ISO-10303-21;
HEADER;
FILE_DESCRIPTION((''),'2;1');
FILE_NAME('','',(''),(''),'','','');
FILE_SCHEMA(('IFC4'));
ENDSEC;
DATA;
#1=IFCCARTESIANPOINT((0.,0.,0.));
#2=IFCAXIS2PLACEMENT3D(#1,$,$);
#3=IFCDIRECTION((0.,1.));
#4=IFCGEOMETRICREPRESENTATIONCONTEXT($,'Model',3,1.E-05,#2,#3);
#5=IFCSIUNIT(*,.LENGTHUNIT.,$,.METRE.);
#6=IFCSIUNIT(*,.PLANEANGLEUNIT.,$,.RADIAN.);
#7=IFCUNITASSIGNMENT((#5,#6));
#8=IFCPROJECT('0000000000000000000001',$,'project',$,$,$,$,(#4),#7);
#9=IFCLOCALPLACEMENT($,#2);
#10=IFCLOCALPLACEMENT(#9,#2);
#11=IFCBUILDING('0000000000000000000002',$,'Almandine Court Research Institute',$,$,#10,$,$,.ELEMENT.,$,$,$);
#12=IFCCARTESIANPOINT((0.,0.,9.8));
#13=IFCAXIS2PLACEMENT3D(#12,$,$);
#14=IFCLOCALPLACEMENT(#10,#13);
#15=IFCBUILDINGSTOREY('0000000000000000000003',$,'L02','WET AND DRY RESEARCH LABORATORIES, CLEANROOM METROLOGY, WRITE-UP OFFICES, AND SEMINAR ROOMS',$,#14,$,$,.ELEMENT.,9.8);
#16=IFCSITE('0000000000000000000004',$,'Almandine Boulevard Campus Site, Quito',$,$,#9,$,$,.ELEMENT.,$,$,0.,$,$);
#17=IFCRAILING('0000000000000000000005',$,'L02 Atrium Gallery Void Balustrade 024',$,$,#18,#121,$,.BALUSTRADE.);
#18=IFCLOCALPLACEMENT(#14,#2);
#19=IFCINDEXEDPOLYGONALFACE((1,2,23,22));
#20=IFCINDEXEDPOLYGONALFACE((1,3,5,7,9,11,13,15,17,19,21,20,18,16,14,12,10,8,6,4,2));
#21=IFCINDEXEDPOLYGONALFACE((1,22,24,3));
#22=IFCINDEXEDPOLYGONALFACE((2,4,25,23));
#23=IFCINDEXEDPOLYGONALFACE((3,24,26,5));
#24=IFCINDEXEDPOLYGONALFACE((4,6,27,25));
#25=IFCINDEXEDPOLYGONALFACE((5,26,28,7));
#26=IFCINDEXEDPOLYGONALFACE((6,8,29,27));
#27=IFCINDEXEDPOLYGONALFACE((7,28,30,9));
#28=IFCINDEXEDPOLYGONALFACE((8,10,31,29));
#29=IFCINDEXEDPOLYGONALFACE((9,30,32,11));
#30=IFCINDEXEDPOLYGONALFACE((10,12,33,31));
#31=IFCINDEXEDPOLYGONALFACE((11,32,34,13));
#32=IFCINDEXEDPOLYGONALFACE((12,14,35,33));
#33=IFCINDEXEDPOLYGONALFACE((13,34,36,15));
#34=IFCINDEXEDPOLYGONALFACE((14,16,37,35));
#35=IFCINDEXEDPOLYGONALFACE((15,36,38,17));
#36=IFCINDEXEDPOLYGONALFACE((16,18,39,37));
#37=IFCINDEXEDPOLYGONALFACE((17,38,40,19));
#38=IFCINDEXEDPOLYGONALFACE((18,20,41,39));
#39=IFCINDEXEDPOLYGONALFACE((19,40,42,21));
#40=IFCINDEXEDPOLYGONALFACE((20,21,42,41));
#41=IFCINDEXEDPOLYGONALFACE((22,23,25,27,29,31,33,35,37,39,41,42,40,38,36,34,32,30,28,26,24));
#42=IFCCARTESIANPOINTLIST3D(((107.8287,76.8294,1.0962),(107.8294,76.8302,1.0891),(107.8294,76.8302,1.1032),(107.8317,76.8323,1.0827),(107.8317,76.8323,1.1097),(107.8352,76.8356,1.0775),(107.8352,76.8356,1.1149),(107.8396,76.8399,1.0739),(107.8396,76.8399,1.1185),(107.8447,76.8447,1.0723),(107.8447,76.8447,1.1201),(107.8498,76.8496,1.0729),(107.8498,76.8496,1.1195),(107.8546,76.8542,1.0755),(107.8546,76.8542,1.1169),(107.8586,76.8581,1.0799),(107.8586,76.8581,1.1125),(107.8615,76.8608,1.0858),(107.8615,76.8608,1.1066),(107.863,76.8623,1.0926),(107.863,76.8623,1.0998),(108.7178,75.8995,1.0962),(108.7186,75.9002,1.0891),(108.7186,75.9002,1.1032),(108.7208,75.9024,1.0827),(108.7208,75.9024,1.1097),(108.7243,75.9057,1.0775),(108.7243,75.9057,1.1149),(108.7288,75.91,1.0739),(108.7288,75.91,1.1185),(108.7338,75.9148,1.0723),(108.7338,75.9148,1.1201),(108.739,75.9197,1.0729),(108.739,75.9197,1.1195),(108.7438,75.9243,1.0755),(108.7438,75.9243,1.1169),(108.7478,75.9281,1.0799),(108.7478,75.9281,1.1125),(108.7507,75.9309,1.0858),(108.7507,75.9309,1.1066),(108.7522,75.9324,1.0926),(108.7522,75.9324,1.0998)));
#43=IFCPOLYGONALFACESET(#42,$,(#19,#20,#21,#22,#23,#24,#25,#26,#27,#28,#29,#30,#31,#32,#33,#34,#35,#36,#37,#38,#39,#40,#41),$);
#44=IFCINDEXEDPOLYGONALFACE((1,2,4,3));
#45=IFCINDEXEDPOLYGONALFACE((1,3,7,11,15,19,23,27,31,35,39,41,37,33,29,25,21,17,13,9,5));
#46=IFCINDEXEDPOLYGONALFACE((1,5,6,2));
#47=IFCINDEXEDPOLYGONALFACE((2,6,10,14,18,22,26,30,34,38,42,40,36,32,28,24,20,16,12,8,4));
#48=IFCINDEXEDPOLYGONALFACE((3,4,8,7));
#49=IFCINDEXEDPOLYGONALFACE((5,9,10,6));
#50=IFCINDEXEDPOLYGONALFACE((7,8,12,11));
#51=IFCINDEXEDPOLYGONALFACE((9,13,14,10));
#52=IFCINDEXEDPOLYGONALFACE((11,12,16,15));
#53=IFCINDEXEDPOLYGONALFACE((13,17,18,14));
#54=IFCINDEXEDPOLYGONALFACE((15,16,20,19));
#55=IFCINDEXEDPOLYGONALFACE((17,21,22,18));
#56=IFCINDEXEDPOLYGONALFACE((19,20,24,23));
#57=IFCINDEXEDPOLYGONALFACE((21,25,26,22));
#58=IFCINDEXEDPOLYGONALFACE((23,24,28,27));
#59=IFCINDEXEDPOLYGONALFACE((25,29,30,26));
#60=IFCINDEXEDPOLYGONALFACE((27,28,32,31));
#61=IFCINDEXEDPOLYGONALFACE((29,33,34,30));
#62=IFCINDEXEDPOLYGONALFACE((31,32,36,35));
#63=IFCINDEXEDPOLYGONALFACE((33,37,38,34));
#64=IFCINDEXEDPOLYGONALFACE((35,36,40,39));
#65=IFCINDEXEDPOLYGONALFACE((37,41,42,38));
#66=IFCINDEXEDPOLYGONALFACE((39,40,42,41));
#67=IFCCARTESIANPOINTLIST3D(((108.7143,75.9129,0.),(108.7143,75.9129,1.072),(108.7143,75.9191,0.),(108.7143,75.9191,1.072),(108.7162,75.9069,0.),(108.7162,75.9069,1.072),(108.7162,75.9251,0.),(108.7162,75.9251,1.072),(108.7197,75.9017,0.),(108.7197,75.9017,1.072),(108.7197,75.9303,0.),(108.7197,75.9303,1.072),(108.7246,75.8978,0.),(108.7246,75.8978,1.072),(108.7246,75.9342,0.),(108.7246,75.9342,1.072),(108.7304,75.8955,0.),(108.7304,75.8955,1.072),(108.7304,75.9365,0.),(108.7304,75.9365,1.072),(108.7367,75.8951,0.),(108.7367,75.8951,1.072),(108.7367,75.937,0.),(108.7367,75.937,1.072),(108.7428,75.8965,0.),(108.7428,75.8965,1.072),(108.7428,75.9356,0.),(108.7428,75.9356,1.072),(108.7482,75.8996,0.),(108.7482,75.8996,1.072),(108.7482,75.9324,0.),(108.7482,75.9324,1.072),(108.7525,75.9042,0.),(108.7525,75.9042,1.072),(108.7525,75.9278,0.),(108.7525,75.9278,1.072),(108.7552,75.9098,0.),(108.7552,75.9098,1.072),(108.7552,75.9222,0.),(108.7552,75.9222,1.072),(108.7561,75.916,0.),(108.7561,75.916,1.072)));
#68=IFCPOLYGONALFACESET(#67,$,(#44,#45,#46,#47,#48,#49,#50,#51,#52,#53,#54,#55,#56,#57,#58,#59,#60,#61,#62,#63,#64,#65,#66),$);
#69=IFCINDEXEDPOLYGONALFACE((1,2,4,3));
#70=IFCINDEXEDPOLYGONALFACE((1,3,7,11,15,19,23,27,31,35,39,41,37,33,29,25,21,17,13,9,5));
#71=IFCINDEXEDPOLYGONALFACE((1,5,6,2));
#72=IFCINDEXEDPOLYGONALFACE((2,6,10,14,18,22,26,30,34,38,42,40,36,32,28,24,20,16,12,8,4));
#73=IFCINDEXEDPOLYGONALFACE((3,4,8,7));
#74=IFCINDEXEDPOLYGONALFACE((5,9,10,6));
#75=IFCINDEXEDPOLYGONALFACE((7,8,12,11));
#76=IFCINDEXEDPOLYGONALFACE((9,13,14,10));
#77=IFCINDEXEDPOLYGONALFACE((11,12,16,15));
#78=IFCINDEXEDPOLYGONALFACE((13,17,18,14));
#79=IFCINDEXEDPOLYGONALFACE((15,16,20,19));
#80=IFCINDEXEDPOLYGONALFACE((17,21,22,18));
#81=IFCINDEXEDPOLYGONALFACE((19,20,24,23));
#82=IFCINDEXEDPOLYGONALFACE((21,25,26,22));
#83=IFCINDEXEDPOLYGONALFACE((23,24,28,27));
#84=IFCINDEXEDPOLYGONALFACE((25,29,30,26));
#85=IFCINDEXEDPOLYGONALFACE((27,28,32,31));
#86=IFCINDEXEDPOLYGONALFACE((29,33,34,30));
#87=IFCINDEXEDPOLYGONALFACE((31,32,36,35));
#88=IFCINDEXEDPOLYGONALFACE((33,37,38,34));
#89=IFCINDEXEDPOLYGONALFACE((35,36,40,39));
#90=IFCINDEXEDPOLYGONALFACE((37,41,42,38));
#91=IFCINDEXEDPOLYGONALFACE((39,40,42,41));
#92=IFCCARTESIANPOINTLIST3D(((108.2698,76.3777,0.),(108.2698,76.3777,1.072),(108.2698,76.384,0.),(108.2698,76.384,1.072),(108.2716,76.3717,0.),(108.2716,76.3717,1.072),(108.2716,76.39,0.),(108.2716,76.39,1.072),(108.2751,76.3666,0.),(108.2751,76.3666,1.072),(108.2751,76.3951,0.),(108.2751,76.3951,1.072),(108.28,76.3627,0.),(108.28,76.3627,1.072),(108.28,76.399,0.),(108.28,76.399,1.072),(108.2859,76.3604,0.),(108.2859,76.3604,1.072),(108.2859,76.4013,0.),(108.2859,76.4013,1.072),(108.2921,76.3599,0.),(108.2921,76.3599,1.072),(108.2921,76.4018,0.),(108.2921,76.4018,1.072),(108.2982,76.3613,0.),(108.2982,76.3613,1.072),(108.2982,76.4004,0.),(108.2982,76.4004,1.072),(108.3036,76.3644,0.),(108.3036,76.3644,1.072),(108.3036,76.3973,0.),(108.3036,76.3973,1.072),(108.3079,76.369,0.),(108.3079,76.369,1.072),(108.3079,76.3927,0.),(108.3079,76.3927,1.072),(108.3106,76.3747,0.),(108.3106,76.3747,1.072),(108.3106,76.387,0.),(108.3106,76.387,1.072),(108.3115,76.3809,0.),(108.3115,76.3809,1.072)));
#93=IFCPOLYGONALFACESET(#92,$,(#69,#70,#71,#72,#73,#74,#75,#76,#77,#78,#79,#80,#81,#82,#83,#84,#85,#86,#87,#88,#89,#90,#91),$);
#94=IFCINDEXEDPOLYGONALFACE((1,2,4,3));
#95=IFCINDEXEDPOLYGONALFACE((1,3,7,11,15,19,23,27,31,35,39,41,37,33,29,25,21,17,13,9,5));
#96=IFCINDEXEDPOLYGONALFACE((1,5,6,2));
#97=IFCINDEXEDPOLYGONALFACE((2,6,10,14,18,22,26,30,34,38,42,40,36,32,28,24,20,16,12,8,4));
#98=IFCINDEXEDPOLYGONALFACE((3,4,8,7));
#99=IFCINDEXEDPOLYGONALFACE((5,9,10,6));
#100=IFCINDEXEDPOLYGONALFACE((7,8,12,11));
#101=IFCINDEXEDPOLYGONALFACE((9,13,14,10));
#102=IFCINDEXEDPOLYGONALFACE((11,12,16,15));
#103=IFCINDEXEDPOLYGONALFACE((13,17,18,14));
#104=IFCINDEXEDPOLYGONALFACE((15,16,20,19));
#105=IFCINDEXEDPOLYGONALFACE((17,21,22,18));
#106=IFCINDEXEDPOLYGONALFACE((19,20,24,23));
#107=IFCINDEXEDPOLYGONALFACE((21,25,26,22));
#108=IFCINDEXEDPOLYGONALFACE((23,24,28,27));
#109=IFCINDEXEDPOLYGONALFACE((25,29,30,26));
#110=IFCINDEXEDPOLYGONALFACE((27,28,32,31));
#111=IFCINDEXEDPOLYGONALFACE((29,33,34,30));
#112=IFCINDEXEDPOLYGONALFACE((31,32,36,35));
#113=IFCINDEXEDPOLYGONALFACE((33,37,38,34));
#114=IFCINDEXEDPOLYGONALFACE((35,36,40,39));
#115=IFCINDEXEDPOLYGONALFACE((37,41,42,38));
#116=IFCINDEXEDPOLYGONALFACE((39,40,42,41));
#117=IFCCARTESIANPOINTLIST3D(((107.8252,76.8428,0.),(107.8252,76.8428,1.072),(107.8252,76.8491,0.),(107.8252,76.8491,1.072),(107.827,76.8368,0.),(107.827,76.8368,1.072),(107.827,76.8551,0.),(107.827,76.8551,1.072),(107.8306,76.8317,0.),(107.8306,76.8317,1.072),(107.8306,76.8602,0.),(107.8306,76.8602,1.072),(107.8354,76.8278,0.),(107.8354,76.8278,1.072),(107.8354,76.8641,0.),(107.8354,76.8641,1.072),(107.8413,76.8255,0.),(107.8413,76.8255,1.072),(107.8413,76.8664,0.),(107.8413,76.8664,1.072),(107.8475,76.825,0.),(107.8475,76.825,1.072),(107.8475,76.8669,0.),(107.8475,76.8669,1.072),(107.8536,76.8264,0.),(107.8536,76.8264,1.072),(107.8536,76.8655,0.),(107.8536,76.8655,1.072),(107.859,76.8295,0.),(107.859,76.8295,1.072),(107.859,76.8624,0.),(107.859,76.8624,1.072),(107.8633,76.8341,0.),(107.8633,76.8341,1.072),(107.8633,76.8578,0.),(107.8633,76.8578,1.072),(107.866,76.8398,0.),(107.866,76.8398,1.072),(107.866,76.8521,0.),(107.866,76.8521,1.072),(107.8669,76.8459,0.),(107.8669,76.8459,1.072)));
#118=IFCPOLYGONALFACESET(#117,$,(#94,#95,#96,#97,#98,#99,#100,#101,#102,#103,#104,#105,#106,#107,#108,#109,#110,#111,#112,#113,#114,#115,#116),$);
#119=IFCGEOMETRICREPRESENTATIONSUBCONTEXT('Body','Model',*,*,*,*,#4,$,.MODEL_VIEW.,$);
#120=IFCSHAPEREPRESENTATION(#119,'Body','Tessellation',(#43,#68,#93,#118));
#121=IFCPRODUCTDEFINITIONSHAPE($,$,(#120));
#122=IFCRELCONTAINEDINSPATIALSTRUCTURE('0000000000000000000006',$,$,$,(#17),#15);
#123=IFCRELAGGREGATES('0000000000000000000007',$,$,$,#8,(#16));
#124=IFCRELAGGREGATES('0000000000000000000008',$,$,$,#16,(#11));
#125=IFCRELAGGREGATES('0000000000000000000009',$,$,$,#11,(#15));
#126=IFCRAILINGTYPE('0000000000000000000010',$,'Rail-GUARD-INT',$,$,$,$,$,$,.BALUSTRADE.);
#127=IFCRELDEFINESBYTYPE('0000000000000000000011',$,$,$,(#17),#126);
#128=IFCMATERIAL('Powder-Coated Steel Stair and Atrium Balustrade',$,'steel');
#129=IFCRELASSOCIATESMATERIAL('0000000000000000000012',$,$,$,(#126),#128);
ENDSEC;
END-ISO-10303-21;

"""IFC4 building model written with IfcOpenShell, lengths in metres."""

from ifc_helpers import new_model, si_unit, direction, frame, origin, origin_2d, place, context, subcontext, project, spatial, circle, extrude, material, type_object, element, save


model = new_model("IFC4")

# Units and contexts
model_context = context("Model", 3, precision=1e-05, world=origin(), true_north=direction((0.0, 1.0)))
body_context = subcontext(model_context, "Body", "Model", "MODEL_VIEW")
ifc_project = project(units=[si_unit("LENGTHUNIT", "METRE"), si_unit("PLANEANGLEUNIT", "RADIAN")], contexts=[model_context])

# Site, building, storey
site_placement = place(None, origin())
site = spatial("IfcSite", under=ifc_project, at=site_placement, Name="Almandine Boulevard Campus Site, Quito", CompositionType="ELEMENT", RefElevation=0.0)
building_placement = place(site_placement, origin())
building = spatial("IfcBuilding", under=site, at=building_placement, Name="Almandine Court Research Institute", CompositionType="ELEMENT")
storey_placement = place(building_placement, frame((0.0, 0.0, 9.8)))
storey = spatial("IfcBuildingStorey", under=building, at=storey_placement, Name="L02", Description="WET AND DRY RESEARCH LABORATORIES, CLEANROOM METROLOGY, WRITE-UP OFFICES, AND SEMINAR ROOMS", CompositionType="ELEMENT", Elevation=9.8)

# Railing
ifc_material_1 = material(Name="Powder-Coated Steel Stair and Atrium Balustrade", Category="steel")
railing_type = type_object("IfcRailingType", Name="Rail-GUARD-INT", PredefinedType="BALUSTRADE", material=ifc_material_1)
railing_1_placement = place(storey_placement, frame((108.7351, 75.916, 0.0)))
element("IfcRailing", 1, at=railing_1_placement, inside=storey, type_object=railing_type, Name="L02 Atrium Gallery Void Balustrade 024", PredefinedType="BALUSTRADE", context=body_context, shape_type="SweptSolid", body=[
    extrude(circle(Radius=0.0239, at=origin_2d()), frame((0.0, 0.0, 1.0962), z_axis=(-0.691085, 0.722774, 0.0), x_axis=(-0.722774, -0.691085, 0.0)), (0.0, 0.0, 1.0), 1.2866),
    extrude(circle(Radius=0.021, at=origin_2d()), origin(), (0.0, 0.0, 1.0), 1.072),
    extrude(circle(Radius=0.021, at=origin_2d()), frame((-0.4446, 0.4648, 0.0)), (0.0, 0.0, 1.0), 1.072),
    extrude(circle(Radius=0.021, at=origin_2d()), frame((-0.8892, 0.9299, 0.0)), (0.0, 0.0, 1.0), 1.072),
])

save(model, "model.ifc")
